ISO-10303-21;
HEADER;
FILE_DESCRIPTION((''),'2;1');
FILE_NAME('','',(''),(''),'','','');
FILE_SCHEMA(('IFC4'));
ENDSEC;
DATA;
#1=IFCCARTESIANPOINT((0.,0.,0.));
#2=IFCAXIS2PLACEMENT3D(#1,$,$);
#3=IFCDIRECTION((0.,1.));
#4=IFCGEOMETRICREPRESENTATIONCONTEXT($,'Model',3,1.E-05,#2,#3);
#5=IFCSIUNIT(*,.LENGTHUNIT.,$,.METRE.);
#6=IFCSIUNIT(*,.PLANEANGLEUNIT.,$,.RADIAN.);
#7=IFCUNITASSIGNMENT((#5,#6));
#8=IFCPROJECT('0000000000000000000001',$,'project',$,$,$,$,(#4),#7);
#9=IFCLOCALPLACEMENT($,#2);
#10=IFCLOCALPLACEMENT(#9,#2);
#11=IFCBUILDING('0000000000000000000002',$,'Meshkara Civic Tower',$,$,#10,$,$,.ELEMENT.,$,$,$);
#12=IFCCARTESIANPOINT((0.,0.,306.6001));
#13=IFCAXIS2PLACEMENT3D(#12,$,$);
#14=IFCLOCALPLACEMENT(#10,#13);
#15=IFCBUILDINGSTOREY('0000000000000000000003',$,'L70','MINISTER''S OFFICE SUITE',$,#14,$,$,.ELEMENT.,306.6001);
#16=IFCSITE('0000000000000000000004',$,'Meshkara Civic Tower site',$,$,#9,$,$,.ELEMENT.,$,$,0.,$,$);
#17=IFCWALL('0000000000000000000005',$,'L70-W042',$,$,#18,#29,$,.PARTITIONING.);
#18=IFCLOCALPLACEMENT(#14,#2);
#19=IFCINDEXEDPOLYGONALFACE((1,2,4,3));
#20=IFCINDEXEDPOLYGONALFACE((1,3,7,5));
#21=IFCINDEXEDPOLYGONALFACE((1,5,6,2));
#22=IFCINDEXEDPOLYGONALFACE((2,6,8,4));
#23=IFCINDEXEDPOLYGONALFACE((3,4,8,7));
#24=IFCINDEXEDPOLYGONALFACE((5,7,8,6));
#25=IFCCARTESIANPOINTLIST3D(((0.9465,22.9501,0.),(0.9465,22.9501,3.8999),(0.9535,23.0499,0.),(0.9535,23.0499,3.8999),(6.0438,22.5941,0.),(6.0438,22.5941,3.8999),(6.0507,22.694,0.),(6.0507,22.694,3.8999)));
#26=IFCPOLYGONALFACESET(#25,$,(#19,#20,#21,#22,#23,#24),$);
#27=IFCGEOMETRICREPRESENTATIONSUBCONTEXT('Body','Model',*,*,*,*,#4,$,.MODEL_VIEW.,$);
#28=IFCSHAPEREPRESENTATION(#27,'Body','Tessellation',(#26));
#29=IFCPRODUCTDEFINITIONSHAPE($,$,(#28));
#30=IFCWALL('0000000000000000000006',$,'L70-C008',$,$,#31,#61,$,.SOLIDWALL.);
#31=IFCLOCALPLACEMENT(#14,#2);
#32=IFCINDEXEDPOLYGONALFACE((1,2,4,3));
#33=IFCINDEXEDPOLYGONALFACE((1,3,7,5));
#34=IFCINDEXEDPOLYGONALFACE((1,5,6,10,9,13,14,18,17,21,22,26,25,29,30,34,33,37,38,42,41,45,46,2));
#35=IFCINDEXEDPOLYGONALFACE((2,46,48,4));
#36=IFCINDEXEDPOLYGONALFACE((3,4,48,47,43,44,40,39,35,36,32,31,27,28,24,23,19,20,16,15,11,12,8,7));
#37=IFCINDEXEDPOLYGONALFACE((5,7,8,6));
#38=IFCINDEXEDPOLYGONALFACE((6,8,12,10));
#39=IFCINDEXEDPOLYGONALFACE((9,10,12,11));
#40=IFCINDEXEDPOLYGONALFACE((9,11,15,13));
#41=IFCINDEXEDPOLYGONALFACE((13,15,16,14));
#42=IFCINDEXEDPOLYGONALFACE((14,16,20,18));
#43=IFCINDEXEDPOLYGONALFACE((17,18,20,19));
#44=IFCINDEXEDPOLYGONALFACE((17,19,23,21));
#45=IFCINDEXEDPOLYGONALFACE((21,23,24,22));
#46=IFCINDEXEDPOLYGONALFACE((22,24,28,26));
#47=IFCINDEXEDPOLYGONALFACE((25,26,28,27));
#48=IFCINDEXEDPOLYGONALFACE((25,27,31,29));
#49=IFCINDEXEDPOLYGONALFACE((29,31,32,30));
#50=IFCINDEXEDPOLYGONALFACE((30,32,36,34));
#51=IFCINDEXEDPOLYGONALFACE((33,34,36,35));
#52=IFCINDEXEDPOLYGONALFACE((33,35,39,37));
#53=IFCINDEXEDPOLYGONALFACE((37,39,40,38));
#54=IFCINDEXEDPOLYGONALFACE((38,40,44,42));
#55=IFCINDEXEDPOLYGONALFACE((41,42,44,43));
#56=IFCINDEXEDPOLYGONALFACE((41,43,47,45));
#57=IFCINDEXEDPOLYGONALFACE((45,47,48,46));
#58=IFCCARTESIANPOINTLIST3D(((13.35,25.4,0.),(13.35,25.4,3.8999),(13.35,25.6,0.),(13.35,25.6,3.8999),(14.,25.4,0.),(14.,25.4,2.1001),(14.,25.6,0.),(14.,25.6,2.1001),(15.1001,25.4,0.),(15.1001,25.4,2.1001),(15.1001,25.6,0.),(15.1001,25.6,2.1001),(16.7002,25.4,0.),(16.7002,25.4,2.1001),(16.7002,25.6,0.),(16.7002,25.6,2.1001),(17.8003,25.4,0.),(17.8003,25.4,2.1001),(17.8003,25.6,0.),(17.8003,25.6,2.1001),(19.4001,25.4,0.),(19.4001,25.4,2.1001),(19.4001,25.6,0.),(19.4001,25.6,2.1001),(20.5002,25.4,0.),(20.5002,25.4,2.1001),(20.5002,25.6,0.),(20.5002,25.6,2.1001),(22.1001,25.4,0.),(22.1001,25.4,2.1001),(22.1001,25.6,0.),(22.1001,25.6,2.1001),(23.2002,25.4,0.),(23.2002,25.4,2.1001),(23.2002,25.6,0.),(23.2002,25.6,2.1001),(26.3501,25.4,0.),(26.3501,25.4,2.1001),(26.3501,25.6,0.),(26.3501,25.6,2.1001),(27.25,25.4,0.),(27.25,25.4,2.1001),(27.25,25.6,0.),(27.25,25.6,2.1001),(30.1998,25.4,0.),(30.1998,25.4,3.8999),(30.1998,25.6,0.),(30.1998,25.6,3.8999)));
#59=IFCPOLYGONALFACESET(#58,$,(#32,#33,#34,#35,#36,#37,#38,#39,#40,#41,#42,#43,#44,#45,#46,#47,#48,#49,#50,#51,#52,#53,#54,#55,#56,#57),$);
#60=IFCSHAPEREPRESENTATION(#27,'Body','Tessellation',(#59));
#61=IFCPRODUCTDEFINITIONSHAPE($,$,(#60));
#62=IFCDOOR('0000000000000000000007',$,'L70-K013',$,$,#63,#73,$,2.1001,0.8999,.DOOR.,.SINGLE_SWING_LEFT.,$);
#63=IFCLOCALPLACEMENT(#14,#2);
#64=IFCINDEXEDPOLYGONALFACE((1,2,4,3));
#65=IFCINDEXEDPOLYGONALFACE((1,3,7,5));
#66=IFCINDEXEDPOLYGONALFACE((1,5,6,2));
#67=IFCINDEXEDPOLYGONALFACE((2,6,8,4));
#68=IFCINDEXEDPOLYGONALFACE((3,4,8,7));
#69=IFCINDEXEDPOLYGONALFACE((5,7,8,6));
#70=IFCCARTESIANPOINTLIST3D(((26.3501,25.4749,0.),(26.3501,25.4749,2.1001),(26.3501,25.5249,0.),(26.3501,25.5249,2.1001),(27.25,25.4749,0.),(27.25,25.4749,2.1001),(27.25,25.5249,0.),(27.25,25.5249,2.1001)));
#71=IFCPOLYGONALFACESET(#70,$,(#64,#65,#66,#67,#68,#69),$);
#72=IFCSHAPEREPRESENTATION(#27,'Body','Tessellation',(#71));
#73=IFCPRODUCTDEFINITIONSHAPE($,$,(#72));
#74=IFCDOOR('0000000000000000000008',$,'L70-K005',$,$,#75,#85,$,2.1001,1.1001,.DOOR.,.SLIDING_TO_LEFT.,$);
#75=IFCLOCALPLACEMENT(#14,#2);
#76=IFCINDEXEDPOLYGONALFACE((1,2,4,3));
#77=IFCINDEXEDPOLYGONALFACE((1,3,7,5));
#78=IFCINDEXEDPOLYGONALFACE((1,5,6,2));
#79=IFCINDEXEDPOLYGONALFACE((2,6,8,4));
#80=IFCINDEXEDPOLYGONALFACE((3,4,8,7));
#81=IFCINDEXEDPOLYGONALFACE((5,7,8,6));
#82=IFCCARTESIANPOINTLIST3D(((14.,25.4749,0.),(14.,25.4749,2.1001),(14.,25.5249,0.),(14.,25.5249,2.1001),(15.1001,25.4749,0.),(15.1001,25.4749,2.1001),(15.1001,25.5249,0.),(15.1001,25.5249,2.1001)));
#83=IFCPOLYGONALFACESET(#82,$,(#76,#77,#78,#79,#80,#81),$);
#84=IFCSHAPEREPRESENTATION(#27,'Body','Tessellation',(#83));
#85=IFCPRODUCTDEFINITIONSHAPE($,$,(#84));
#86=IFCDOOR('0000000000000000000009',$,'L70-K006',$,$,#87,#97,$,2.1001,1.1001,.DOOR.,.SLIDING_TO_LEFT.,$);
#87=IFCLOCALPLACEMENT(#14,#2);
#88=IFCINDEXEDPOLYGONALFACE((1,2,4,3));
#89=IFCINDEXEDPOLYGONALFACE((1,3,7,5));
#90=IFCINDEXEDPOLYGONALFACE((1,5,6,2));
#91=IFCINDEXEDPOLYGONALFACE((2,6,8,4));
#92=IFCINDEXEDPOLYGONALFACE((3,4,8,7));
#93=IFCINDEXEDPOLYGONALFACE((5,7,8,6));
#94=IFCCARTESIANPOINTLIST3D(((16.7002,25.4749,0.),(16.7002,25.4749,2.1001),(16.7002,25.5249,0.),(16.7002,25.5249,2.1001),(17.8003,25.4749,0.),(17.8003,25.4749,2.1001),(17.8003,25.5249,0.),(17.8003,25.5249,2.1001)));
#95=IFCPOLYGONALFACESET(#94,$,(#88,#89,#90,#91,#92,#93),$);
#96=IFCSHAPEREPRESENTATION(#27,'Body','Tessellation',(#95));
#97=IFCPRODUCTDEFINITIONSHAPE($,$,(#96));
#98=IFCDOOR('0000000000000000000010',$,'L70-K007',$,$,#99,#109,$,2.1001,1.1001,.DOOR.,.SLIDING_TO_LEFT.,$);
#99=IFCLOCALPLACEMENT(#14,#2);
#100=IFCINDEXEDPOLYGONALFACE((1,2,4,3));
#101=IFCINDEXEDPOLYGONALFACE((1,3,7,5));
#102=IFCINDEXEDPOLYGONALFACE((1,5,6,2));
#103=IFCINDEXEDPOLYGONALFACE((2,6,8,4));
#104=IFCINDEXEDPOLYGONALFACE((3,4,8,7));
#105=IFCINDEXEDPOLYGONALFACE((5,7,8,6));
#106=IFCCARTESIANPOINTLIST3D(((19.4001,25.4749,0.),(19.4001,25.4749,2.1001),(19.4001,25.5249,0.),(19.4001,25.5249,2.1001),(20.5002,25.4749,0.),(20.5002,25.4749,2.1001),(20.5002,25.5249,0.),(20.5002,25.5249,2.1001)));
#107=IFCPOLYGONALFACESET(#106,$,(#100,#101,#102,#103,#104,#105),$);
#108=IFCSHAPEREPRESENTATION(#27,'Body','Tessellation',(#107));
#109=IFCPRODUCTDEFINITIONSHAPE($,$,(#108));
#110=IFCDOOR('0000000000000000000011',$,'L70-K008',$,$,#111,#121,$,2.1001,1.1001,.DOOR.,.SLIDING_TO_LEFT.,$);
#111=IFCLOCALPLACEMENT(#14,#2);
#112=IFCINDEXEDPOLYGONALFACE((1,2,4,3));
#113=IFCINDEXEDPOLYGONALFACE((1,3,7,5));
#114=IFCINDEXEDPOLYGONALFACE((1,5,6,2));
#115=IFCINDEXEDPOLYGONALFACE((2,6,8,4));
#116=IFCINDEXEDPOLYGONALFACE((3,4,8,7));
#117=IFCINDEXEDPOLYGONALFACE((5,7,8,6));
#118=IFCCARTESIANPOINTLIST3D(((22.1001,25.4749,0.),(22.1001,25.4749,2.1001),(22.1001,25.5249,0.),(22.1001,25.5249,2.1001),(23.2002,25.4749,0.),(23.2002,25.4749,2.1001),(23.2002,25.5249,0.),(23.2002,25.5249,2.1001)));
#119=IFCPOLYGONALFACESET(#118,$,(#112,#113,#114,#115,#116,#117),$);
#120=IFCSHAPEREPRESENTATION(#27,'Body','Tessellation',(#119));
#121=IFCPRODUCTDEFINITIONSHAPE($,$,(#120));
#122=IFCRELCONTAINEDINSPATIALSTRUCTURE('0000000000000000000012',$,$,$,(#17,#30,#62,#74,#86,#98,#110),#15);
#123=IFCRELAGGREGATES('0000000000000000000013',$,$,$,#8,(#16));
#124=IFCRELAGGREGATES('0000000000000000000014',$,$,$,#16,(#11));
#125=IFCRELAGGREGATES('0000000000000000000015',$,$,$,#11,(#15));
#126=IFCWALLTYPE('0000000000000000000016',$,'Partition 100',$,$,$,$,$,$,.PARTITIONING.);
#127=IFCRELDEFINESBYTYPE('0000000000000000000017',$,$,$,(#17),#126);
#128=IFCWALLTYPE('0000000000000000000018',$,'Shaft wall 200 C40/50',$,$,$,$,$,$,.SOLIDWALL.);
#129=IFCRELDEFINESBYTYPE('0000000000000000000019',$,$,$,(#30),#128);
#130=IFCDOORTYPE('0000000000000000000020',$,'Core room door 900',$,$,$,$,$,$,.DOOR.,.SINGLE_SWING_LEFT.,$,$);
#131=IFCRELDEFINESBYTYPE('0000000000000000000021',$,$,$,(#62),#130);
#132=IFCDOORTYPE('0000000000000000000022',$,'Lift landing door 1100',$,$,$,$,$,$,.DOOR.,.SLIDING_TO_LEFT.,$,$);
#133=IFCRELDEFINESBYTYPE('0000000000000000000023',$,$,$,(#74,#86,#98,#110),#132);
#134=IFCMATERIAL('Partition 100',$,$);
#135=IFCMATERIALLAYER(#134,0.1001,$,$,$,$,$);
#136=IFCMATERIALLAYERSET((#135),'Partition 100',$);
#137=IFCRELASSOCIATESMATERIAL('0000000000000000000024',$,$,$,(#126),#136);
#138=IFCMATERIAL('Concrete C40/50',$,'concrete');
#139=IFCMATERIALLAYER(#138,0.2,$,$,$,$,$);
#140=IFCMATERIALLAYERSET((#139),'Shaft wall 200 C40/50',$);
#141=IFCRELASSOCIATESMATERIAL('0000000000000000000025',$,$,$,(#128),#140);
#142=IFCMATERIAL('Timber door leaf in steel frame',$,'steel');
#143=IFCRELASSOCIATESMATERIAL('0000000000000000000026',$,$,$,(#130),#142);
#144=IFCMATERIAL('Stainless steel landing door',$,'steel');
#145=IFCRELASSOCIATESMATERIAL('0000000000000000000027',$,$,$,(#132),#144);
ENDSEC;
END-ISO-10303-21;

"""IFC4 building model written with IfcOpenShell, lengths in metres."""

from ifc_helpers import new_model, si_unit, direction, frame, frame_2d, origin, place, context, subcontext, project, spatial, rectangle, extrude, material, layer, layer_set, type_object, element, fill, save


model = new_model("IFC4")

# Units and contexts
model_context = context("Model", 3, precision=1e-05, world=origin(), true_north=direction((0.0, 1.0)))
body_context = subcontext(model_context, "Body", "Model", "MODEL_VIEW")
ifc_project = project(units=[si_unit("LENGTHUNIT", "METRE"), si_unit("PLANEANGLEUNIT", "RADIAN")], contexts=[model_context])

# Site, building, storey
site_placement = place(None, origin())
site = spatial("IfcSite", under=ifc_project, at=site_placement, Name="Meshkara Civic Tower site", CompositionType="ELEMENT", RefElevation=0.0)
building_placement = place(site_placement, origin())
building = spatial("IfcBuilding", under=site, at=building_placement, Name="Meshkara Civic Tower", CompositionType="ELEMENT")
storey_placement = place(building_placement, frame((0.0, 0.0, 306.6001)))
storey = spatial("IfcBuildingStorey", under=building, at=storey_placement, Name="L70", Description="MINISTER'S OFFICE SUITE", CompositionType="ELEMENT", Elevation=306.6001)

# Wall
ifc_material_1 = material(Name="Partition 100")
ifc_layer_1 = layer(ifc_material_1, 0.1001)
ifc_layer_set_1 = layer_set([ifc_layer_1], Name="Partition 100")
wall_type_1 = type_object("IfcWallType", Name="Partition 100", PredefinedType="PARTITIONING", material=ifc_layer_set_1)
wall_1_placement = place(storey_placement, frame((6.0471, 22.644, 0.0), z_axis=(0.0, 0.0, 1.0), x_axis=(-0.99757, 0.069665, 0.0)))
element("IfcWall", 1, at=wall_1_placement, inside=storey, type_object=wall_type_1, Name="L70-W042", PredefinedType="PARTITIONING", context=body_context, shape_type="SweptSolid", body=[
    extrude(rectangle(XDim=5.1096, YDim=0.1001, at=frame_2d((2.5547, 0.0))), origin(), (0.0, 0.0, 1.0), 3.8999),
])

# Wall, openings, doors
ifc_material_2 = material(Name="Concrete C40/50", Category="concrete")
ifc_layer_2 = layer(ifc_material_2, 0.2)
ifc_layer_set_2 = layer_set([ifc_layer_2], Name="Shaft wall 200 C40/50")
wall_type_2 = type_object("IfcWallType", Name="Shaft wall 200 C40/50", PredefinedType="SOLIDWALL", material=ifc_layer_set_2)
wall_2_placement = place(storey_placement, frame((13.3501, 25.5, 0.0), z_axis=(0.0, 0.0, 1.0), x_axis=(1.0, 0.0, 0.0)))
wall_2 = element("IfcWall", 2, at=wall_2_placement, inside=storey, type_object=wall_type_2, Name="L70-C008", PredefinedType="SOLIDWALL", context=body_context, shape_type="SweptSolid", body=[
    extrude(rectangle(XDim=16.8499, YDim=0.2, at=frame_2d((8.4248, 0.0))), origin(), (0.0, 0.0, 1.0), 3.8999),
])
opening_1_placement = place(wall_2_placement, frame((0.6499, 0.0, 0.0)))
opening_1 = element("IfcOpeningElement", 3, at=opening_1_placement, cuts=wall_2, PredefinedType="OPENING", context=body_context, shape_type="SweptSolid", body=[
    extrude(rectangle(XDim=1.1001, YDim=2.1001, at=frame_2d((0.55, 1.05))), frame((0.0, 0.1099, 0.0), z_axis=(0.0, -1.0, 0.0), x_axis=(1.0, 0.0, 0.0)), (0.0, 0.0, 1.0), 0.22),
])
opening_2_placement = place(wall_2_placement, frame((3.3501, 0.0, 0.0)))
opening_2 = element("IfcOpeningElement", 4, at=opening_2_placement, cuts=wall_2, PredefinedType="OPENING", context=body_context, shape_type="SweptSolid", body=[
    extrude(rectangle(XDim=1.1001, YDim=2.1001, at=frame_2d((0.55, 1.05))), frame((0.0, 0.1099, 0.0), z_axis=(0.0, -1.0, 0.0), x_axis=(1.0, 0.0, 0.0)), (0.0, 0.0, 1.0), 0.22),
])
opening_3_placement = place(wall_2_placement, frame((6.05, 0.0, 0.0)))
opening_3 = element("IfcOpeningElement", 5, at=opening_3_placement, cuts=wall_2, PredefinedType="OPENING", context=body_context, shape_type="SweptSolid", body=[
    extrude(rectangle(XDim=1.1001, YDim=2.1001, at=frame_2d((0.55, 1.05))), frame((0.0, 0.1099, 0.0), z_axis=(0.0, -1.0, 0.0), x_axis=(1.0, 0.0, 0.0)), (0.0, 0.0, 1.0), 0.22),
])
opening_4_placement = place(wall_2_placement, frame((8.75, 0.0, 0.0)))
opening_4 = element("IfcOpeningElement", 6, at=opening_4_placement, cuts=wall_2, PredefinedType="OPENING", context=body_context, shape_type="SweptSolid", body=[
    extrude(rectangle(XDim=1.1001, YDim=2.1001, at=frame_2d((0.55, 1.05))), frame((0.0, 0.1099, 0.0), z_axis=(0.0, -1.0, 0.0), x_axis=(1.0, 0.0, 0.0)), (0.0, 0.0, 1.0), 0.22),
])
opening_5_placement = place(wall_2_placement, frame((13.0, 0.0, 0.0)))
opening_5 = element("IfcOpeningElement", 7, at=opening_5_placement, cuts=wall_2, PredefinedType="OPENING", context=body_context, shape_type="SweptSolid", body=[
    extrude(rectangle(XDim=0.8999, YDim=2.1001, at=frame_2d((0.45, 1.05))), frame((0.0, 0.1099, 0.0), z_axis=(0.0, -1.0, 0.0), x_axis=(1.0, 0.0, 0.0)), (0.0, 0.0, 1.0), 0.22),
])
ifc_material_3 = material(Name="Timber door leaf in steel frame", Category="steel")
door_type_1 = type_object("IfcDoorType", Name="Core room door 900", OperationType="SINGLE_SWING_LEFT", PredefinedType="DOOR", material=ifc_material_3)
door_1_placement = place(opening_5_placement, origin())
door_1 = element("IfcDoor", 8, at=door_1_placement, inside=storey, type_object=door_type_1, Name="L70-K013", OperationType="SINGLE_SWING_LEFT", OverallHeight=2.1001, OverallWidth=0.8999, PredefinedType="DOOR", context=body_context, shape_type="SweptSolid", body=[
    extrude(rectangle(XDim=0.8999, YDim=2.1001, at=frame_2d((0.45, 1.05))), frame((0.0, 0.0249, 0.0), z_axis=(0.0, -1.0, 0.0), x_axis=(1.0, 0.0, 0.0)), (0.0, 0.0, 1.0), 0.05),
])
fill(opening_5, door_1)
ifc_material_4 = material(Name="Stainless steel landing door", Category="steel")
door_type_2 = type_object("IfcDoorType", Name="Lift landing door 1100", OperationType="SLIDING_TO_LEFT", PredefinedType="DOOR", material=ifc_material_4)
door_2_placement = place(opening_1_placement, origin())
door_2 = element("IfcDoor", 9, at=door_2_placement, inside=storey, type_object=door_type_2, Name="L70-K005", OperationType="SLIDING_TO_LEFT", OverallHeight=2.1001, OverallWidth=1.1001, PredefinedType="DOOR", context=body_context, shape_type="SweptSolid", body=[
    extrude(rectangle(XDim=1.1001, YDim=2.1001, at=frame_2d((0.55, 1.05))), frame((0.0, 0.0249, 0.0), z_axis=(0.0, -1.0, 0.0), x_axis=(1.0, 0.0, 0.0)), (0.0, 0.0, 1.0), 0.05),
])
fill(opening_1, door_2)
door_3_placement = place(opening_2_placement, origin())
door_3 = element("IfcDoor", 10, at=door_3_placement, inside=storey, type_object=door_type_2, Name="L70-K006", OperationType="SLIDING_TO_LEFT", OverallHeight=2.1001, OverallWidth=1.1001, PredefinedType="DOOR", context=body_context, shape_type="SweptSolid", body=[
    extrude(rectangle(XDim=1.1001, YDim=2.1001, at=frame_2d((0.55, 1.05))), frame((0.0, 0.0249, 0.0), z_axis=(0.0, -1.0, 0.0), x_axis=(1.0, 0.0, 0.0)), (0.0, 0.0, 1.0), 0.05),
])
fill(opening_2, door_3)
door_4_placement = place(opening_3_placement, origin())
door_4 = element("IfcDoor", 11, at=door_4_placement, inside=storey, type_object=door_type_2, Name="L70-K007", OperationType="SLIDING_TO_LEFT", OverallHeight=2.1001, OverallWidth=1.1001, PredefinedType="DOOR", context=body_context, shape_type="SweptSolid", body=[
    extrude(rectangle(XDim=1.1001, YDim=2.1001, at=frame_2d((0.55, 1.05))), frame((0.0, 0.0249, 0.0), z_axis=(0.0, -1.0, 0.0), x_axis=(1.0, 0.0, 0.0)), (0.0, 0.0, 1.0), 0.05),
])
fill(opening_3, door_4)
door_5_placement = place(opening_4_placement, origin())
door_5 = element("IfcDoor", 12, at=door_5_placement, inside=storey, type_object=door_type_2, Name="L70-K008", OperationType="SLIDING_TO_LEFT", OverallHeight=2.1001, OverallWidth=1.1001, PredefinedType="DOOR", context=body_context, shape_type="SweptSolid", body=[
    extrude(rectangle(XDim=1.1001, YDim=2.1001, at=frame_2d((0.55, 1.05))), frame((0.0, 0.0249, 0.0), z_axis=(0.0, -1.0, 0.0), x_axis=(1.0, 0.0, 0.0)), (0.0, 0.0, 1.0), 0.05),
])
fill(opening_4, door_5)

save(model, "model.ifc")
